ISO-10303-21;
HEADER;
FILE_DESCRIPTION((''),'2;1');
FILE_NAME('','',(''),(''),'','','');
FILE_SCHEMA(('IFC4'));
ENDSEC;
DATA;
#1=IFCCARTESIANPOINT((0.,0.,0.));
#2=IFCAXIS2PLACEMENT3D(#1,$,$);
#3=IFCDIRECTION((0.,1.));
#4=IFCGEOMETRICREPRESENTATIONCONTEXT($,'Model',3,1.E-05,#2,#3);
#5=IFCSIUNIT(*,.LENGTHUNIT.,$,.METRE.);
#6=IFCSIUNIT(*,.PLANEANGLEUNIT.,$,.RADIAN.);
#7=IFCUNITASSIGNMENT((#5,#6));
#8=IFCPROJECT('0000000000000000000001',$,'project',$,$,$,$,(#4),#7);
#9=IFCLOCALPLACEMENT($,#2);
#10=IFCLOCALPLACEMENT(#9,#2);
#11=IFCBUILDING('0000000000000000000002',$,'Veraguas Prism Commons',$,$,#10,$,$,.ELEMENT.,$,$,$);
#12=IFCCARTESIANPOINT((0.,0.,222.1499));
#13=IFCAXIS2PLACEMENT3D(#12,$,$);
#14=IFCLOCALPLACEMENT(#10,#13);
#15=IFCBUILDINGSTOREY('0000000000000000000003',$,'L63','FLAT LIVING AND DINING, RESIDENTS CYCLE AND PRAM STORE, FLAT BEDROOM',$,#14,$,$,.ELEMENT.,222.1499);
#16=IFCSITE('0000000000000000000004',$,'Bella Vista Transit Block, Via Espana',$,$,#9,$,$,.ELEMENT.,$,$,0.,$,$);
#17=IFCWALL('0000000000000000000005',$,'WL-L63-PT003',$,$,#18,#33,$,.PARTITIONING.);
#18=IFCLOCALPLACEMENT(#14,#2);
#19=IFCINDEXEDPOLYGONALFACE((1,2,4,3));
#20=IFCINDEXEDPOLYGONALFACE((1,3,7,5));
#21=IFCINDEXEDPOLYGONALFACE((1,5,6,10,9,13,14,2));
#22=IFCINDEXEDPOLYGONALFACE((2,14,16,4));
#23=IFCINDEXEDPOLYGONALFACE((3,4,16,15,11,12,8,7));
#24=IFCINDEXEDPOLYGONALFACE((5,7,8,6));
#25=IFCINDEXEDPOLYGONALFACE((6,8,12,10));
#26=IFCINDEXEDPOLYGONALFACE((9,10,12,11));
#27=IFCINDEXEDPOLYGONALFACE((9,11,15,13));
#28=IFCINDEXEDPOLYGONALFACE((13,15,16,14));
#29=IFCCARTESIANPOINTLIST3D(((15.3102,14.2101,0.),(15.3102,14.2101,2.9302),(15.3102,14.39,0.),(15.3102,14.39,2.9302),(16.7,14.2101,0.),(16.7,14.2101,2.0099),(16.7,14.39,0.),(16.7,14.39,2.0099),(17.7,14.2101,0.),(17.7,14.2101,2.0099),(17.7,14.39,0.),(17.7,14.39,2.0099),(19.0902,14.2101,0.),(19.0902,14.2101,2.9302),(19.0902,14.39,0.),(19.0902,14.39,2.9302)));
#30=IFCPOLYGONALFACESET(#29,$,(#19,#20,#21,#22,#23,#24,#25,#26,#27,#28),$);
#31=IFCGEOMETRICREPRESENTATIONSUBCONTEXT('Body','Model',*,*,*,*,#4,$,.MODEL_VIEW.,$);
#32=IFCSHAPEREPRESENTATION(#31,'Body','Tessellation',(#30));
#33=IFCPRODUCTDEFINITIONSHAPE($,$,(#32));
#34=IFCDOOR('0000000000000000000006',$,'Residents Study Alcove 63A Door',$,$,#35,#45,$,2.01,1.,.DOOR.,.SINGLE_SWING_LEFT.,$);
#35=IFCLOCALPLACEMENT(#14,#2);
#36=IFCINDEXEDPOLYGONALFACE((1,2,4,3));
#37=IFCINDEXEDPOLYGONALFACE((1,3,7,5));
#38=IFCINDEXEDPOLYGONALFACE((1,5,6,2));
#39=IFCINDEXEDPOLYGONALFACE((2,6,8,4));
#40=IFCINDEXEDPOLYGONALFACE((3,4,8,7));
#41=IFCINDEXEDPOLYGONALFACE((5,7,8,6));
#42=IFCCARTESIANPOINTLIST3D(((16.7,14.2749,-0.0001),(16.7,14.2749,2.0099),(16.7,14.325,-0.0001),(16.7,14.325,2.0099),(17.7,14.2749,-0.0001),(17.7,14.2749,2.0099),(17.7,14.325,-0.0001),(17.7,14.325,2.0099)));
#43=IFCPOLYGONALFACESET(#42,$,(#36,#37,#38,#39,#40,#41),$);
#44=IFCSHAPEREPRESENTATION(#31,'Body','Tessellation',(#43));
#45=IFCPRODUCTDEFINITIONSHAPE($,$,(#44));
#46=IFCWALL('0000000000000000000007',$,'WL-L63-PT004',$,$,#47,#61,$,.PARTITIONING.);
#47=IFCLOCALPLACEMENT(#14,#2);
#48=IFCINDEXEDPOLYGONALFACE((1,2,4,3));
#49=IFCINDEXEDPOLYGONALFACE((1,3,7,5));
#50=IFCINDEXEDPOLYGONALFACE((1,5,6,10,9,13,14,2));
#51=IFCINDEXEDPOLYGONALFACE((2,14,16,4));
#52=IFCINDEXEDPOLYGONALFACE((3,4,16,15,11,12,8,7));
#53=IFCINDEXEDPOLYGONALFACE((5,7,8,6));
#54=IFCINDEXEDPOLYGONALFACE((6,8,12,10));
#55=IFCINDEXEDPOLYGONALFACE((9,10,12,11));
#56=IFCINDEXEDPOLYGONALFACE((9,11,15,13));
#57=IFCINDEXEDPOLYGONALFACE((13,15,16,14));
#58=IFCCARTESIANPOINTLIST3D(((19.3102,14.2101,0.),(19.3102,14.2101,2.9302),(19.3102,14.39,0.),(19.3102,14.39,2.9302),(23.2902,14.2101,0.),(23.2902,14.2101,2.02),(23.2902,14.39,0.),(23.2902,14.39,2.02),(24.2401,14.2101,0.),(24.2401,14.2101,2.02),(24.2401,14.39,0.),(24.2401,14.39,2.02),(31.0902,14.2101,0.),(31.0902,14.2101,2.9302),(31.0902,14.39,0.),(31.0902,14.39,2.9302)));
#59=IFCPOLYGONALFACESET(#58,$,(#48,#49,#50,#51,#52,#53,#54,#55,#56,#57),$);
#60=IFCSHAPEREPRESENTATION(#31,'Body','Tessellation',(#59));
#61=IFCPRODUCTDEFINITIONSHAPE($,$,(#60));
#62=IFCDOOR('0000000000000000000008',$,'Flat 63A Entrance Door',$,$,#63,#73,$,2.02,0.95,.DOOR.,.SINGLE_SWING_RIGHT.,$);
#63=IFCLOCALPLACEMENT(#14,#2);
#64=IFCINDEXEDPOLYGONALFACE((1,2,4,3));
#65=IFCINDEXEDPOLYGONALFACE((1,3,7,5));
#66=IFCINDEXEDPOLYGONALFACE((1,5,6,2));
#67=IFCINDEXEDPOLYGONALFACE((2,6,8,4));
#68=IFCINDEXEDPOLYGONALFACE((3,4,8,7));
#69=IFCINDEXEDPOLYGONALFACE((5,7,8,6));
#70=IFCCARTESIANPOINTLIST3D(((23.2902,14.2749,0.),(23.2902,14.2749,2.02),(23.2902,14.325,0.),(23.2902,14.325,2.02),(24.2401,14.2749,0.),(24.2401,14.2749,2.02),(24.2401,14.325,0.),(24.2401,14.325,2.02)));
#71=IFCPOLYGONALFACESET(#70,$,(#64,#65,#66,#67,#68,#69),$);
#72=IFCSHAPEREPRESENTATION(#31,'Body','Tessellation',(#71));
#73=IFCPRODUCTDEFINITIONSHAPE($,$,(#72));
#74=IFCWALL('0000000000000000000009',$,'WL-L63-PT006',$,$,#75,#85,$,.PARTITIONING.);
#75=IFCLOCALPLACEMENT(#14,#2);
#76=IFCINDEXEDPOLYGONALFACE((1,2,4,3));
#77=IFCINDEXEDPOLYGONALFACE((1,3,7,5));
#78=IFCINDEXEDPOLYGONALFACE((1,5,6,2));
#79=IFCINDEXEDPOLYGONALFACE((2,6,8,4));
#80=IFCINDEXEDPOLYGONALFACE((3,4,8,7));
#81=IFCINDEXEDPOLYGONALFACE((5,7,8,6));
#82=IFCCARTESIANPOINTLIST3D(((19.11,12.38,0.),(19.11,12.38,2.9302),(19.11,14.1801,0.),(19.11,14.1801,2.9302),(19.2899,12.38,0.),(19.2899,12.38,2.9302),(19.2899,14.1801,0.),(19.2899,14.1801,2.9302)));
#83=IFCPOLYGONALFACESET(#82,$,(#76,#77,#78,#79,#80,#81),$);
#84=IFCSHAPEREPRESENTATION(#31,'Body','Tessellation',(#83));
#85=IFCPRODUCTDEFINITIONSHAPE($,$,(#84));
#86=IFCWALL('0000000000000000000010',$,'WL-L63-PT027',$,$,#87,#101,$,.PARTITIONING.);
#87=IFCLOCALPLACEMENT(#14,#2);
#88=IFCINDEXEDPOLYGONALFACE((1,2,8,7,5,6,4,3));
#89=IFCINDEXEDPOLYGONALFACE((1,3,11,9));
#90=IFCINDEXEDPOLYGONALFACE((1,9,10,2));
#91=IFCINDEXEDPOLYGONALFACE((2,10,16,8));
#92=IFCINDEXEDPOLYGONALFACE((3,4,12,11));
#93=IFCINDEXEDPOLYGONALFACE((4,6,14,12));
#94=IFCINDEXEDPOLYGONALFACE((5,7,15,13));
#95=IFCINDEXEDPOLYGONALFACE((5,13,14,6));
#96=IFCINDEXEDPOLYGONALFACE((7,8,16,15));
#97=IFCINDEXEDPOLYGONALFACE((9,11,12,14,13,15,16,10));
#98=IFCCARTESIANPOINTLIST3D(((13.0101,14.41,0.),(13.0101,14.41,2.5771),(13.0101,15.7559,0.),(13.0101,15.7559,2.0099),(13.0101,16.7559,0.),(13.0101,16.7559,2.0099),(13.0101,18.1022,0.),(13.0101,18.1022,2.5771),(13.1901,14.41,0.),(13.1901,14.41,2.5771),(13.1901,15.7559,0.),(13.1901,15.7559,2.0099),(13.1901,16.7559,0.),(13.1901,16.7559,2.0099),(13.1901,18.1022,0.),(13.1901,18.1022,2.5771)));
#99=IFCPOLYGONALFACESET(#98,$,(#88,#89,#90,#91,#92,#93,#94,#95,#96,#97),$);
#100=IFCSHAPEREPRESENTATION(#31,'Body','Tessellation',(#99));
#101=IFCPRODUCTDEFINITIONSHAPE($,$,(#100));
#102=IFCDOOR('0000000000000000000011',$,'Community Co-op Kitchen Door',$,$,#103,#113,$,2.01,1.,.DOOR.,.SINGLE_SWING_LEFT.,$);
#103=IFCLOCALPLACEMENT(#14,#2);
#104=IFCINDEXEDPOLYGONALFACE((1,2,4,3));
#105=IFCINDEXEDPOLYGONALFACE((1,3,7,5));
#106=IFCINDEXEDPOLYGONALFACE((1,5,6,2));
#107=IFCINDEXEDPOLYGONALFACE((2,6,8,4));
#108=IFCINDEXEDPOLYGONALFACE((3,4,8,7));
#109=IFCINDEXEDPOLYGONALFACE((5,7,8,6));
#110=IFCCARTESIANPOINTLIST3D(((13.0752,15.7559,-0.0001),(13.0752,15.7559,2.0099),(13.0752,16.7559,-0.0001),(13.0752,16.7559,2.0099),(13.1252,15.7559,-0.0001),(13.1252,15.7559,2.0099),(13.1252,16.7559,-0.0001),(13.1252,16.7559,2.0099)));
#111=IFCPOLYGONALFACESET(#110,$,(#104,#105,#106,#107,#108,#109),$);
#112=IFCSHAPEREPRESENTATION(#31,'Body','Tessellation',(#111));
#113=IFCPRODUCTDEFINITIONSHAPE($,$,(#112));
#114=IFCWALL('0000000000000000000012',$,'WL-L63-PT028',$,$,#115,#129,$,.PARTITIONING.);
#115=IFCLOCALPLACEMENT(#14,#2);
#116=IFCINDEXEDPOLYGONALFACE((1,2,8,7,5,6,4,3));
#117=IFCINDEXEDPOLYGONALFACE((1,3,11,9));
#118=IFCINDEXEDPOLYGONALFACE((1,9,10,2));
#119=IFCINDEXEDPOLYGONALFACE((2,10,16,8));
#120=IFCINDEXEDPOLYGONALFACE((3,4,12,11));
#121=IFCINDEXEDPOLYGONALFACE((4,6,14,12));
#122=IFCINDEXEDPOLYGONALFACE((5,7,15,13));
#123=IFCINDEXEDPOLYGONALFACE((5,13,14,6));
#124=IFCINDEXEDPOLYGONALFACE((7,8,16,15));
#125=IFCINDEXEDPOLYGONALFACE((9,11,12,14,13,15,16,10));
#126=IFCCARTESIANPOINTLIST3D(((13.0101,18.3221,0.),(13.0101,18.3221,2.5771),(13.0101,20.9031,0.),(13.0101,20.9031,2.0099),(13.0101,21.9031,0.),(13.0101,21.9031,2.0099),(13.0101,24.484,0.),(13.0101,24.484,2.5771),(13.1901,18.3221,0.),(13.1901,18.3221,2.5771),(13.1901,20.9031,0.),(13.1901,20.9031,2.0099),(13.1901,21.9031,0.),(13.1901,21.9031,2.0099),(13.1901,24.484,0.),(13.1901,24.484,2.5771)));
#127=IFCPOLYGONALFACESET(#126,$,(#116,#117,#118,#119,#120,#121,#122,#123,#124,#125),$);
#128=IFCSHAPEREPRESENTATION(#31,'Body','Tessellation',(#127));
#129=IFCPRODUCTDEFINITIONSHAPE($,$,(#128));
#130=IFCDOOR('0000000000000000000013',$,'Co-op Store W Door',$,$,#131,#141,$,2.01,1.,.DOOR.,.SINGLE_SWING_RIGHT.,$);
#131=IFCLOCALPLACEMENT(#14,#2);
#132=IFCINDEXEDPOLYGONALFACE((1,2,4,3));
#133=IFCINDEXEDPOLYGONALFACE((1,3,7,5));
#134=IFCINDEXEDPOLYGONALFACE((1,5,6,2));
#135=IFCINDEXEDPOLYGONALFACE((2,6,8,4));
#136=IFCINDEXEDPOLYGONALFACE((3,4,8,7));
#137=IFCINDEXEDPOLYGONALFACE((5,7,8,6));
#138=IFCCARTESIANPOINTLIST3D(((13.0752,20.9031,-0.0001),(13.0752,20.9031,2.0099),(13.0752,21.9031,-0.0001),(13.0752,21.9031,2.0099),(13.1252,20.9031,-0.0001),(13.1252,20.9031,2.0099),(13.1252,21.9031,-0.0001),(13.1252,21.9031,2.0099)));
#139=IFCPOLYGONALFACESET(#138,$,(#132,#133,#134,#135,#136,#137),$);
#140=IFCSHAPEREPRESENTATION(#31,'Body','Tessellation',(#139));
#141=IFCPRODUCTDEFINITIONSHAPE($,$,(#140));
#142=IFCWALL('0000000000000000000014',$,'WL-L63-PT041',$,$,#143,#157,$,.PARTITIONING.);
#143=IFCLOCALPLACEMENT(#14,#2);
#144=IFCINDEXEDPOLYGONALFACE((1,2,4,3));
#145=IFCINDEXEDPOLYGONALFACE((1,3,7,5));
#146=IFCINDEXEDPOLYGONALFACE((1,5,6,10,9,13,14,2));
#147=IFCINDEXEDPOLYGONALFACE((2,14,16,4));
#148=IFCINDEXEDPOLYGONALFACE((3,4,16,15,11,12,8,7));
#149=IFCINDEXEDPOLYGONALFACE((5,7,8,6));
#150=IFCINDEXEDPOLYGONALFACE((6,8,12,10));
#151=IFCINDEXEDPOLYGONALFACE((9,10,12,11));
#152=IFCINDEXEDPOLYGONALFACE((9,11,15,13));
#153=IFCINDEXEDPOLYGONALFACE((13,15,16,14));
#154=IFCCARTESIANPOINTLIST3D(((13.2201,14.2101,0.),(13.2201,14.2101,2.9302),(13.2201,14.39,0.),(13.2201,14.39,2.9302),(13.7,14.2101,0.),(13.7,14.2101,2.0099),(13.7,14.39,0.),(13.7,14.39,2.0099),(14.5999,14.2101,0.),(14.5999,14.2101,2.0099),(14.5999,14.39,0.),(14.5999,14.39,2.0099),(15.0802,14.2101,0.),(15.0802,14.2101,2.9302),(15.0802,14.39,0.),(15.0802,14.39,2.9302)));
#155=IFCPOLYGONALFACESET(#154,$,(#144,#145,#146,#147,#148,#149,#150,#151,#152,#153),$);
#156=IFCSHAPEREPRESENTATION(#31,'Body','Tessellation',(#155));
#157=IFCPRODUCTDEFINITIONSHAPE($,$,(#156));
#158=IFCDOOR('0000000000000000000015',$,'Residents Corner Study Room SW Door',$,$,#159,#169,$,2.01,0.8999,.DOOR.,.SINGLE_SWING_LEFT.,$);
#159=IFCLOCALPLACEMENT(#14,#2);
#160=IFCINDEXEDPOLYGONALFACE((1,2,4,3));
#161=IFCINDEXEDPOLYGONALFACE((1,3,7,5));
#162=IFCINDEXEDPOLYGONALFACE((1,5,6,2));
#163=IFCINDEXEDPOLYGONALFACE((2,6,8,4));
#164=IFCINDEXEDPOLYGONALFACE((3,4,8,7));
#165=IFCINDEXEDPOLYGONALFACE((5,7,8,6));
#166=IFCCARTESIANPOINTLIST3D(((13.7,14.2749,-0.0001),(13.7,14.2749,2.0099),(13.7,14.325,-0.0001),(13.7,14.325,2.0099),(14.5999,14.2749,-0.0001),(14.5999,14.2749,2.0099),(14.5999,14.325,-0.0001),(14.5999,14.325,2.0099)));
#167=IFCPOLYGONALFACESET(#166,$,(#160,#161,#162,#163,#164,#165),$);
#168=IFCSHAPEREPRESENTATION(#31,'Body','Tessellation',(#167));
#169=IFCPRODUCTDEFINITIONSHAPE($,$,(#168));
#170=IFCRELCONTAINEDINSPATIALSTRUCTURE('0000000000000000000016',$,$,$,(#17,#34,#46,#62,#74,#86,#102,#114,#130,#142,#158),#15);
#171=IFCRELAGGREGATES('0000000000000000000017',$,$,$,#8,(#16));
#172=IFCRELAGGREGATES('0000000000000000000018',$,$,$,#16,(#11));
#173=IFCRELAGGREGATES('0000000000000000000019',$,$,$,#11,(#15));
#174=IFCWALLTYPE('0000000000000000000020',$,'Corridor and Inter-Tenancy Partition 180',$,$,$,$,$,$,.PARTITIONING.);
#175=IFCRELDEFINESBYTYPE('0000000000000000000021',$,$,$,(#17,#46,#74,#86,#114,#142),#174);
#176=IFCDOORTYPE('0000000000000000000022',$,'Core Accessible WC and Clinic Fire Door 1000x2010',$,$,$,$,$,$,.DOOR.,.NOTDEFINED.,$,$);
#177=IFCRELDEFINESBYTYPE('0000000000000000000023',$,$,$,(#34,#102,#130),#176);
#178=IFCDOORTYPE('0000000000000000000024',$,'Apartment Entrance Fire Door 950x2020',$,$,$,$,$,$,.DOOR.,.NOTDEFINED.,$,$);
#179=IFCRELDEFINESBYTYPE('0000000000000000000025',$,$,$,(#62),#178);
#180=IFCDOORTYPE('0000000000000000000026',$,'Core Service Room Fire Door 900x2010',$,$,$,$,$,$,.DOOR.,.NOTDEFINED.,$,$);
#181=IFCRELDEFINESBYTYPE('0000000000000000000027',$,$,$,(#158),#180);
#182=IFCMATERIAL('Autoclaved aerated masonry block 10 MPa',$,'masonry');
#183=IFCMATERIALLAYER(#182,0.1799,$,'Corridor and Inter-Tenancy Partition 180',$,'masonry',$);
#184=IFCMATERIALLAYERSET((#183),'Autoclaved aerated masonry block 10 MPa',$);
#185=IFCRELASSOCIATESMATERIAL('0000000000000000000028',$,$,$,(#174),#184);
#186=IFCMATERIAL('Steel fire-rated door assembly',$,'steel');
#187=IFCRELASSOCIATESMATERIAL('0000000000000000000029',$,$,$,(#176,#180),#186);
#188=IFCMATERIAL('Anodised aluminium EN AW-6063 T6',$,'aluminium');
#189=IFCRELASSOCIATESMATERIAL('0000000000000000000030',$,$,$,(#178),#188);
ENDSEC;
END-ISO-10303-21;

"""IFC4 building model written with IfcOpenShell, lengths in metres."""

from ifc_helpers import new_model, si_unit, direction, frame, frame_2d, origin, place, context, subcontext, project, spatial, rectangle, extrude, source, transform, mapped, material, layer, layer_set, type_object, element, fill, save


model = new_model("IFC4")

# Units and contexts
model_context = context("Model", 3, precision=1e-05, world=origin(), true_north=direction((0.0, 1.0)))
body_context = subcontext(model_context, "Body", "Model", "MODEL_VIEW")
ifc_project = project(units=[si_unit("LENGTHUNIT", "METRE"), si_unit("PLANEANGLEUNIT", "RADIAN")], contexts=[model_context])

# Site, building, storey
site_placement = place(None, origin())
site = spatial("IfcSite", under=ifc_project, at=site_placement, Name="Bella Vista Transit Block, Via Espana", CompositionType="ELEMENT", RefElevation=0.0)
building_placement = place(site_placement, origin())
building = spatial("IfcBuilding", under=site, at=building_placement, Name="Veraguas Prism Commons", CompositionType="ELEMENT")
storey_placement = place(building_placement, frame((0.0, 0.0, 222.1499)))
storey = spatial("IfcBuildingStorey", under=building, at=storey_placement, Name="L63", Description="FLAT LIVING AND DINING, RESIDENTS CYCLE AND PRAM STORE, FLAT BEDROOM", CompositionType="ELEMENT", Elevation=222.1499)

# Shared definitions
ifc_material_1 = material(Name="Steel fire-rated door assembly", Category="steel")

# Shared definitions
ifc_material_2 = material(Name="Autoclaved aerated masonry block 10 MPa", Category="masonry")
ifc_layer_1 = layer(ifc_material_2, 0.1799, Name="Corridor and Inter-Tenancy Partition 180", Category="masonry")
ifc_layer_set_1 = layer_set([ifc_layer_1], Name="Autoclaved aerated masonry block 10 MPa")
wall_type_1 = type_object("IfcWallType", Name="Corridor and Inter-Tenancy Partition 180", PredefinedType="PARTITIONING", material=ifc_layer_set_1)

# Walls, openings, doors
wall_1_placement = place(storey_placement, frame((15.3101, 14.3, 0.0), z_axis=(0.0, 0.0, 1.0), x_axis=(1.0, 0.0, 0.0)))
wall_1 = element("IfcWall", 1, at=wall_1_placement, inside=storey, type_object=wall_type_1, Name="WL-L63-PT003", PredefinedType="PARTITIONING", context=body_context, shape_type="SweptSolid", body=[
    extrude(rectangle(XDim=3.78, YDim=0.1799, at=frame_2d((1.8901, 0.0))), origin(), (0.0, 0.0, 1.0), 2.9302),
])
opening_1_placement = place(wall_1_placement, frame((1.3899, 0.0, 0.0)))
opening_1 = element("IfcOpeningElement", 2, at=opening_1_placement, cuts=wall_1, PredefinedType="OPENING", context=body_context, shape_type="SweptSolid", body=[
    extrude(rectangle(XDim=1.0, YDim=2.01, at=frame_2d((0.5, 1.0049))), frame((0.0, 0.0999, 0.0), z_axis=(0.0, -1.0, 0.0), x_axis=(1.0, 0.0, 0.0)), (0.0, 0.0, 1.0), 0.2),
])
door_type_1 = type_object("IfcDoorType", Name="Core Accessible WC and Clinic Fire Door 1000x2010", OperationType="NOTDEFINED", PredefinedType="DOOR", material=ifc_material_1)
shared_shape_1 = source(origin(), body_context, "Body", "SweptSolid", [
    extrude(rectangle(XDim=1.0, YDim=2.01, at=frame_2d((0.5, 1.0049))), frame((0.0, 0.0249, 0.0), z_axis=(0.0, -1.0, 0.0), x_axis=(1.0, 0.0, 0.0)), (0.0, 0.0, 1.0), 0.05),
])
door_1_placement = place(opening_1_placement, origin())
door_1 = element("IfcDoor", 3, at=door_1_placement, inside=storey, type_object=door_type_1, Name="Residents Study Alcove 63A Door", OperationType="SINGLE_SWING_LEFT", OverallHeight=2.01, OverallWidth=1.0, PredefinedType="DOOR", context=body_context, shape_type="MappedRepresentation", body=[
    mapped(shared_shape_1, transform((0.0, 0.0, 0.0), scale=1.0)),
])
fill(opening_1, door_1)
wall_2_placement = place(storey_placement, frame((19.3101, 14.3, 0.0), z_axis=(0.0, 0.0, 1.0), x_axis=(1.0, 0.0, 0.0)))
wall_2 = element("IfcWall", 4, at=wall_2_placement, inside=storey, type_object=wall_type_1, Name="WL-L63-PT004", PredefinedType="PARTITIONING", context=body_context, shape_type="SweptSolid", body=[
    extrude(rectangle(XDim=11.78, YDim=0.1799, at=frame_2d((5.8901, 0.0))), origin(), (0.0, 0.0, 1.0), 2.9302),
])
opening_2_placement = place(wall_2_placement, frame((3.98, 0.0, 0.0)))
opening_2 = element("IfcOpeningElement", 5, at=opening_2_placement, cuts=wall_2, PredefinedType="OPENING", context=body_context, shape_type="SweptSolid", body=[
    extrude(rectangle(XDim=0.95, YDim=2.02, at=frame_2d((0.4751, 1.01))), frame((0.0, 0.0999, 0.0), z_axis=(0.0, -1.0, 0.0), x_axis=(1.0, 0.0, 0.0)), (0.0, 0.0, 1.0), 0.2),
])
ifc_material_3 = material(Name="Anodised aluminium EN AW-6063 T6", Category="aluminium")
door_type_2 = type_object("IfcDoorType", Name="Apartment Entrance Fire Door 950x2020", OperationType="NOTDEFINED", PredefinedType="DOOR", material=ifc_material_3)
shared_shape_2 = source(origin(), body_context, "Body", "SweptSolid", [
    extrude(rectangle(XDim=0.95, YDim=2.02, at=frame_2d((0.4751, 1.01))), frame((0.0, 0.0249, 0.0), z_axis=(0.0, -1.0, 0.0), x_axis=(1.0, 0.0, 0.0)), (0.0, 0.0, 1.0), 0.05),
])
door_2_placement = place(opening_2_placement, origin())
door_2 = element("IfcDoor", 6, at=door_2_placement, inside=storey, type_object=door_type_2, Name="Flat 63A Entrance Door", OperationType="SINGLE_SWING_RIGHT", OverallHeight=2.02, OverallWidth=0.95, PredefinedType="DOOR", context=body_context, shape_type="MappedRepresentation", body=[
    mapped(shared_shape_2, transform((0.0, 0.0, 0.0), scale=1.0)),
])
fill(opening_2, door_2)

# Wall
wall_3_placement = place(storey_placement, frame((19.2, 14.1799, 0.0), z_axis=(0.0, 0.0, 1.0), x_axis=(0.0, -1.0, 0.0)))
element("IfcWall", 7, at=wall_3_placement, inside=storey, type_object=wall_type_1, Name="WL-L63-PT006", PredefinedType="PARTITIONING", context=body_context, shape_type="SweptSolid", body=[
    extrude(rectangle(XDim=1.8, YDim=0.1799, at=frame_2d((0.8999, 0.0))), origin(), (0.0, 0.0, 1.0), 2.9302),
])

# Walls, openings, doors
wall_4_placement = place(storey_placement, frame((13.1001, 14.4099, 0.0), z_axis=(0.0, 0.0, 1.0), x_axis=(0.0, 1.0, 0.0)))
wall_4 = element("IfcWall", 8, at=wall_4_placement, inside=storey, type_object=wall_type_1, Name="WL-L63-PT027", PredefinedType="PARTITIONING", context=body_context, shape_type="SweptSolid", body=[
    extrude(rectangle(XDim=3.6921, YDim=0.1799, at=frame_2d((1.8462, 0.0))), origin(), (0.0, 0.0, 1.0), 2.5771),
])
opening_3_placement = place(wall_4_placement, frame((1.3459, 0.0, 0.0)))
opening_3 = element("IfcOpeningElement", 9, at=opening_3_placement, cuts=wall_4, PredefinedType="OPENING", context=body_context, shape_type="SweptSolid", body=[
    extrude(rectangle(XDim=1.0, YDim=2.01, at=frame_2d((0.5, 1.0049))), frame((0.0, 0.0999, 0.0), z_axis=(0.0, -1.0, 0.0), x_axis=(1.0, 0.0, 0.0)), (0.0, 0.0, 1.0), 0.2),
])
door_3_placement = place(opening_3_placement, origin())
door_3 = element("IfcDoor", 10, at=door_3_placement, inside=storey, type_object=door_type_1, Name="Community Co-op Kitchen Door", OperationType="SINGLE_SWING_LEFT", OverallHeight=2.01, OverallWidth=1.0, PredefinedType="DOOR", context=body_context, shape_type="MappedRepresentation", body=[
    mapped(shared_shape_1, transform((0.0, 0.0, 0.0), scale=1.0)),
])
fill(opening_3, door_3)
wall_5_placement = place(storey_placement, frame((13.1001, 18.322, 0.0), z_axis=(0.0, 0.0, 1.0), x_axis=(0.0, 1.0, 0.0)))
wall_5 = element("IfcWall", 11, at=wall_5_placement, inside=storey, type_object=wall_type_1, Name="WL-L63-PT028", PredefinedType="PARTITIONING", context=body_context, shape_type="SweptSolid", body=[
    extrude(rectangle(XDim=6.1619, YDim=0.1799, at=frame_2d((3.0811, 0.0))), origin(), (0.0, 0.0, 1.0), 2.5771),
])
opening_4_placement = place(wall_5_placement, frame((2.5811, 0.0, 0.0)))
opening_4 = element("IfcOpeningElement", 12, at=opening_4_placement, cuts=wall_5, PredefinedType="OPENING", context=body_context, shape_type="SweptSolid", body=[
    extrude(rectangle(XDim=1.0, YDim=2.01, at=frame_2d((0.5, 1.0049))), frame((0.0, 0.0999, 0.0), z_axis=(0.0, -1.0, 0.0), x_axis=(1.0, 0.0, 0.0)), (0.0, 0.0, 1.0), 0.2),
])
door_4_placement = place(opening_4_placement, origin())
door_4 = element("IfcDoor", 13, at=door_4_placement, inside=storey, type_object=door_type_1, Name="Co-op Store W Door", OperationType="SINGLE_SWING_RIGHT", OverallHeight=2.01, OverallWidth=1.0, PredefinedType="DOOR", context=body_context, shape_type="MappedRepresentation", body=[
    mapped(shared_shape_1, transform((0.0, 0.0, 0.0), scale=1.0)),
])
fill(opening_4, door_4)
wall_6_placement = place(storey_placement, frame((13.22, 14.3, 0.0), z_axis=(0.0, 0.0, 1.0), x_axis=(1.0, 0.0, 0.0)))
wall_6 = element("IfcWall", 14, at=wall_6_placement, inside=storey, type_object=wall_type_1, Name="WL-L63-PT041", PredefinedType="PARTITIONING", context=body_context, shape_type="SweptSolid", body=[
    extrude(rectangle(XDim=1.8601, YDim=0.1799, at=frame_2d((0.9302, 0.0))), origin(), (0.0, 0.0, 1.0), 2.9302),
])
opening_5_placement = place(wall_6_placement, frame((0.48, 0.0, 0.0)))
opening_5 = element("IfcOpeningElement", 15, at=opening_5_placement, cuts=wall_6, PredefinedType="OPENING", context=body_context, shape_type="SweptSolid", body=[
    extrude(rectangle(XDim=0.8999, YDim=2.01, at=frame_2d((0.45, 1.0049))), frame((0.0, 0.0999, 0.0), z_axis=(0.0, -1.0, 0.0), x_axis=(1.0, 0.0, 0.0)), (0.0, 0.0, 1.0), 0.2),
])
door_type_3 = type_object("IfcDoorType", Name="Core Service Room Fire Door 900x2010", OperationType="NOTDEFINED", PredefinedType="DOOR", material=ifc_material_1)
shared_shape_3 = source(origin(), body_context, "Body", "SweptSolid", [
    extrude(rectangle(XDim=0.8999, YDim=2.01, at=frame_2d((0.45, 1.0049))), frame((0.0, 0.0249, 0.0), z_axis=(0.0, -1.0, 0.0), x_axis=(1.0, 0.0, 0.0)), (0.0, 0.0, 1.0), 0.05),
])
door_5_placement = place(opening_5_placement, origin())
door_5 = element("IfcDoor", 16, at=door_5_placement, inside=storey, type_object=door_type_3, Name="Residents Corner Study Room SW Door", OperationType="SINGLE_SWING_LEFT", OverallHeight=2.01, OverallWidth=0.8999, PredefinedType="DOOR", context=body_context, shape_type="MappedRepresentation", body=[
    mapped(shared_shape_3, transform((0.0, 0.0, 0.0), scale=1.0)),
])
fill(opening_5, door_5)

save(model, "model.ifc")
